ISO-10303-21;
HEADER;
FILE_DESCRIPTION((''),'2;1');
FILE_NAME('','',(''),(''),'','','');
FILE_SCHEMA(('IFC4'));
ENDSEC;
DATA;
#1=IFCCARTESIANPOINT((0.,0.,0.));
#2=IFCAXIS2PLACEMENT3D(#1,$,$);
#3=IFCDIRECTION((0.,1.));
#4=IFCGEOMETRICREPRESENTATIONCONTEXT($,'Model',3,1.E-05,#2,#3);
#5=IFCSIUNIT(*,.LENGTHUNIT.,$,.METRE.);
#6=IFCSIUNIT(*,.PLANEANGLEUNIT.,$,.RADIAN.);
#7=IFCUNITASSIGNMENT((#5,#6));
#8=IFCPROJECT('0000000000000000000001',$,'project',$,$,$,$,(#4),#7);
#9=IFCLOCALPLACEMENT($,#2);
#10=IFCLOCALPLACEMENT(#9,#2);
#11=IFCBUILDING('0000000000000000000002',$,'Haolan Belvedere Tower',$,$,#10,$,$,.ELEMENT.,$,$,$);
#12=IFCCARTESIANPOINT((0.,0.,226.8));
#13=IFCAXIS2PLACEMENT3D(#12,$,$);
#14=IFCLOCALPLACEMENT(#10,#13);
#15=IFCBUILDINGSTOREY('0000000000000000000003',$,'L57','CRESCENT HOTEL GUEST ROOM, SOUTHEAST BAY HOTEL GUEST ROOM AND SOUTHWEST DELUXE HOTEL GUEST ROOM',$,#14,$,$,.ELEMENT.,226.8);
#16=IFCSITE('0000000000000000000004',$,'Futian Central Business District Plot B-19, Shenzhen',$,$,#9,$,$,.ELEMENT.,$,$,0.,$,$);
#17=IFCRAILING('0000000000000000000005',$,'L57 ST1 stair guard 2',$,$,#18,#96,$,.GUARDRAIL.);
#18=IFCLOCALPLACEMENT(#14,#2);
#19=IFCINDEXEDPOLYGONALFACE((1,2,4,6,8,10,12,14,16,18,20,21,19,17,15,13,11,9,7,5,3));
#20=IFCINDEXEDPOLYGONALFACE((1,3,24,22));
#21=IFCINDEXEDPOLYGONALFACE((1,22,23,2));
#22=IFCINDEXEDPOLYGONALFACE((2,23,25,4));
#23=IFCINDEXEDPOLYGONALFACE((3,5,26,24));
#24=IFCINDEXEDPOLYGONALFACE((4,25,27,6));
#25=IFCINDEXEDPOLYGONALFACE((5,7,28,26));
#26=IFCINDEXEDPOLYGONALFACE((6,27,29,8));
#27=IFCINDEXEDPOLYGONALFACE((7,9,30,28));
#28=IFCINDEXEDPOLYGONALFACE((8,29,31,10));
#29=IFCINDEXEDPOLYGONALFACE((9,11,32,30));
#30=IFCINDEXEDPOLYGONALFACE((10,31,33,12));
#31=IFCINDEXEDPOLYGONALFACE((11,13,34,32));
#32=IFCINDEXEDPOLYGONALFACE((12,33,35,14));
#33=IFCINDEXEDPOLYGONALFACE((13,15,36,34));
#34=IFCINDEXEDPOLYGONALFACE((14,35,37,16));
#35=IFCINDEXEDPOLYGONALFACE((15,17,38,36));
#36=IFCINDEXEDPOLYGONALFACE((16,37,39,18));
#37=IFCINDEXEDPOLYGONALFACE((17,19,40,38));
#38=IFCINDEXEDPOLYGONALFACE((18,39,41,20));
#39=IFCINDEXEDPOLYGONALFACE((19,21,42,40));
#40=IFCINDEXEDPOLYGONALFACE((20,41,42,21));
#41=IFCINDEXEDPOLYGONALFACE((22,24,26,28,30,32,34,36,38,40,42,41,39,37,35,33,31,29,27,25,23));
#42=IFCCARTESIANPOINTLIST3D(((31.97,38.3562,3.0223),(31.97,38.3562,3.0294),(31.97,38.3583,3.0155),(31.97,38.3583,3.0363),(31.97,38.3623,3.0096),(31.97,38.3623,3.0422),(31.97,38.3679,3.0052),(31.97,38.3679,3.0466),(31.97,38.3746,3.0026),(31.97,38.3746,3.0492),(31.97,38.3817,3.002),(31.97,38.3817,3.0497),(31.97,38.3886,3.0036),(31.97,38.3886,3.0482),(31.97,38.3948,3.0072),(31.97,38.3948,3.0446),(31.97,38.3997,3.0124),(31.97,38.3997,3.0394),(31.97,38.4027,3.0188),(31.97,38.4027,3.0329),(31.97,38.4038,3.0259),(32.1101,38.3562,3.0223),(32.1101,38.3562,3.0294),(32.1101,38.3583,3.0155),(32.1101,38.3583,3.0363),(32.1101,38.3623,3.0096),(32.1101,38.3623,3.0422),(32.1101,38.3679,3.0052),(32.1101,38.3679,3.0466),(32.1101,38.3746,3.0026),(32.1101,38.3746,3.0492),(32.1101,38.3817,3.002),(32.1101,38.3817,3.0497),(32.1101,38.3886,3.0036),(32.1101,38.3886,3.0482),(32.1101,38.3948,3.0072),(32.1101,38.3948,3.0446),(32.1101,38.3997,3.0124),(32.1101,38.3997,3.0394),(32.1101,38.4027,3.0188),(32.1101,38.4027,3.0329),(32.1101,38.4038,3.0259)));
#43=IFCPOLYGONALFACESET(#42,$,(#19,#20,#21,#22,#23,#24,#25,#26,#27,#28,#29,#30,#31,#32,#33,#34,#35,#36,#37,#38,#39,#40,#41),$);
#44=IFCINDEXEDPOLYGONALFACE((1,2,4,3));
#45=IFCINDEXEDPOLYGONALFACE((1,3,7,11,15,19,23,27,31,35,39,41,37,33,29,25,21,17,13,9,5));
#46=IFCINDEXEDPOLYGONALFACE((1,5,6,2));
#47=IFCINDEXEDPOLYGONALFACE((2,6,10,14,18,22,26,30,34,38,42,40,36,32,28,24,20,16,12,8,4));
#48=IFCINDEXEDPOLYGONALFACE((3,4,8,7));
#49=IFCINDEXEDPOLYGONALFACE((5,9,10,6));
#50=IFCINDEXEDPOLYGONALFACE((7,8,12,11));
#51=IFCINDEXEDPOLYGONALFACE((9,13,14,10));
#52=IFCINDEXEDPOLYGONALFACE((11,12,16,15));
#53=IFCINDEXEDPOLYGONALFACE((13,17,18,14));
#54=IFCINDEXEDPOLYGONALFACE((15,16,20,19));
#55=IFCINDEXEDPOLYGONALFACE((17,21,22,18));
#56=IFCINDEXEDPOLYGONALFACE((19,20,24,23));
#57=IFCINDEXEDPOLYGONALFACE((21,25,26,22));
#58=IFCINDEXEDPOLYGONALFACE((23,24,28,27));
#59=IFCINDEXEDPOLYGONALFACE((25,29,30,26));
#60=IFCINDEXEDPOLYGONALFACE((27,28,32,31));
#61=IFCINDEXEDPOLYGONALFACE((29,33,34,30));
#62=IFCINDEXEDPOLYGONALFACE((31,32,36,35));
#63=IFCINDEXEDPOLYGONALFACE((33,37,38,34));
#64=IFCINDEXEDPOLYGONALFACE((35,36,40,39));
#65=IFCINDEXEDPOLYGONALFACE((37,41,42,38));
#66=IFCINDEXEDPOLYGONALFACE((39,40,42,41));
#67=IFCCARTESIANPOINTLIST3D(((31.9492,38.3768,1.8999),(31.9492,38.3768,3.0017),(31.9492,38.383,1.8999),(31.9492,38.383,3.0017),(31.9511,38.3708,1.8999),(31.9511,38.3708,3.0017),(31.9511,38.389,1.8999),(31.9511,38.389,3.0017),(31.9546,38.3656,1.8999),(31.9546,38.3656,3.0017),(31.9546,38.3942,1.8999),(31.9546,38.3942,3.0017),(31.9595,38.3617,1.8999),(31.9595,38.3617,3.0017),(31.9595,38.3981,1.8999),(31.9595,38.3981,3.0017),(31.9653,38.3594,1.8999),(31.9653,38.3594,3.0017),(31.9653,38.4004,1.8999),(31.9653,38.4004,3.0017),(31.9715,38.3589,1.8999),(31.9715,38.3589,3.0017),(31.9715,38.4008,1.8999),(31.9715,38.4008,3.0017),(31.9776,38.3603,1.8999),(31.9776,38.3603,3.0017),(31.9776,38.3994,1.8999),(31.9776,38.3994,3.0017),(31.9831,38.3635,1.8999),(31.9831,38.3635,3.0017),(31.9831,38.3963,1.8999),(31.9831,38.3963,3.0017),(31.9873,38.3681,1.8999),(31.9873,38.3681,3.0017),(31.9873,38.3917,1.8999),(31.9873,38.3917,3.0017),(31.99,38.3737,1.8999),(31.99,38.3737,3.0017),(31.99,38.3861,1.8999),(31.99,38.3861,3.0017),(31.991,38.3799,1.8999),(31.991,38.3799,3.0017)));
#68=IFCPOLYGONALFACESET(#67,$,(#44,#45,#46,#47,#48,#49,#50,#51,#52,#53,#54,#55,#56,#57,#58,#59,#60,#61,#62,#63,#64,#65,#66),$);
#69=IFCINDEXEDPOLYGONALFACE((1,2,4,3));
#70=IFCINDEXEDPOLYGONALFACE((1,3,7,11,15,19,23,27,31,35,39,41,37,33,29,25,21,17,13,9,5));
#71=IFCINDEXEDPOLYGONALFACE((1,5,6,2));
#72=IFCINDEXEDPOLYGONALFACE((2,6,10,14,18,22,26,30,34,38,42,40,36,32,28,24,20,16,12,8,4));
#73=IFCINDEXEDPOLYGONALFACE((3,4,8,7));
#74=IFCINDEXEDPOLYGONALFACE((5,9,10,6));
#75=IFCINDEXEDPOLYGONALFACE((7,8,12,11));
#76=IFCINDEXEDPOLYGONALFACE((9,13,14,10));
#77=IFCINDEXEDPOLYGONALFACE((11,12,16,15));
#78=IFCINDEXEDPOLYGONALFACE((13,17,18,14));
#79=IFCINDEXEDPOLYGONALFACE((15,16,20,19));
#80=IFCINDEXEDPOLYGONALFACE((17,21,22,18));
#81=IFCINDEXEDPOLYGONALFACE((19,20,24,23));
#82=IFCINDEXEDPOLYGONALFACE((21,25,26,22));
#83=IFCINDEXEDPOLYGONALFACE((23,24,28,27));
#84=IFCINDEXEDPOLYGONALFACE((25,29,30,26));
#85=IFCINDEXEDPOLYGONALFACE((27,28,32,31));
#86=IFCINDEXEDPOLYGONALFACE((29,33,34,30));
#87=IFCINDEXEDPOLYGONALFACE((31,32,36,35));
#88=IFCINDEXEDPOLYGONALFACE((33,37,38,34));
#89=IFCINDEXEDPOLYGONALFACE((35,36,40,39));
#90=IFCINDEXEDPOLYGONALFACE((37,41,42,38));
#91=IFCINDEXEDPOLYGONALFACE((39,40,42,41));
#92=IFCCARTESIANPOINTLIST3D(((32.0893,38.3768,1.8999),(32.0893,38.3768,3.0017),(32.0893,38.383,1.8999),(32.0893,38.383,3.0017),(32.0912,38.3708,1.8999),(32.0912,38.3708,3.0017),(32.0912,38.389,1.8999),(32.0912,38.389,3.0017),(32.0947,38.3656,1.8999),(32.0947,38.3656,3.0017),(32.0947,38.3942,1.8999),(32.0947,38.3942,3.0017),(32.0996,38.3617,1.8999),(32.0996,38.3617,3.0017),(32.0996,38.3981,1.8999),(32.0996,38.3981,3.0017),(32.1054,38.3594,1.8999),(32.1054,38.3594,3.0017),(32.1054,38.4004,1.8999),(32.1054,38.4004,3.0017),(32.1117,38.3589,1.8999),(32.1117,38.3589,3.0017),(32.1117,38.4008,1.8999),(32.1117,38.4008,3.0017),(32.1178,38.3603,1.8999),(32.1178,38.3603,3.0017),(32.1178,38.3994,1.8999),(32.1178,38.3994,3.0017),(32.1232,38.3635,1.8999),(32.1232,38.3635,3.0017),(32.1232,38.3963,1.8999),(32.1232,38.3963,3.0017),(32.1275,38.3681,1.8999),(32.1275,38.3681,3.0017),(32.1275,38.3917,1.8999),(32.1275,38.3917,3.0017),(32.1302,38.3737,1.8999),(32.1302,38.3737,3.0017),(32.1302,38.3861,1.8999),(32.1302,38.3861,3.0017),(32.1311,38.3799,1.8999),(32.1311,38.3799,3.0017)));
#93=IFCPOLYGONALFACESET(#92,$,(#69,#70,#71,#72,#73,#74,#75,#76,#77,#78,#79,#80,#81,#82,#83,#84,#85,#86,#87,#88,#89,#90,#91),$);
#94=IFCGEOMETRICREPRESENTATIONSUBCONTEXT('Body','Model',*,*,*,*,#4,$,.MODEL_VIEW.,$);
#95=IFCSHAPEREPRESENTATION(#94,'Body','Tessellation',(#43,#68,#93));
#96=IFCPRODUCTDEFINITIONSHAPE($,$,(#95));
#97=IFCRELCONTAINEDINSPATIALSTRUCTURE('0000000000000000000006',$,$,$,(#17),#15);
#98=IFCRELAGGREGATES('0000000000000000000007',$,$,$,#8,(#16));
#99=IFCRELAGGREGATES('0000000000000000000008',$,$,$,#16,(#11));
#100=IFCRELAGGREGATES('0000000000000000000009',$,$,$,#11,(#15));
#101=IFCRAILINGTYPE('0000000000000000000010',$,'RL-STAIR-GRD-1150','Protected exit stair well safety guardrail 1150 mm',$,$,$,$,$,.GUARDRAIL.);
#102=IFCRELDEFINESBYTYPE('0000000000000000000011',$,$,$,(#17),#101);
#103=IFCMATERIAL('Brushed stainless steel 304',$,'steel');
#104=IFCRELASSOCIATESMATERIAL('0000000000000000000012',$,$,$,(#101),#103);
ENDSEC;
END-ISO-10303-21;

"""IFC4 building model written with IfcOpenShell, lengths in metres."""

from ifc_helpers import new_model, si_unit, direction, frame, origin, origin_2d, place, context, subcontext, project, spatial, circle, extrude, material, type_object, element, save


model = new_model("IFC4")

# Units and contexts
model_context = context("Model", 3, precision=1e-05, world=origin(), true_north=direction((0.0, 1.0)))
body_context = subcontext(model_context, "Body", "Model", "MODEL_VIEW")
ifc_project = project(units=[si_unit("LENGTHUNIT", "METRE"), si_unit("PLANEANGLEUNIT", "RADIAN")], contexts=[model_context])

# Site, building, storey
site_placement = place(None, origin())
site = spatial("IfcSite", under=ifc_project, at=site_placement, Name="Futian Central Business District Plot B-19, Shenzhen", CompositionType="ELEMENT", RefElevation=0.0)
building_placement = place(site_placement, origin())
building = spatial("IfcBuilding", under=site, at=building_placement, Name="Haolan Belvedere Tower", CompositionType="ELEMENT")
storey_placement = place(building_placement, frame((0.0, 0.0, 226.8)))
storey = spatial("IfcBuildingStorey", under=building, at=storey_placement, Name="L57", Description="CRESCENT HOTEL GUEST ROOM, SOUTHEAST BAY HOTEL GUEST ROOM AND SOUTHWEST DELUXE HOTEL GUEST ROOM", CompositionType="ELEMENT", Elevation=226.8)

# Railing
ifc_material_1 = material(Name="Brushed stainless steel 304", Category="steel")
railing_type_1 = type_object("IfcRailingType", Name="RL-STAIR-GRD-1150", Description="Protected exit stair well safety guardrail 1150 mm", PredefinedType="GUARDRAIL", material=ifc_material_1)
railing_1_placement = place(storey_placement, frame((31.97, 38.3799, 1.8999)))
element("IfcRailing", 1, at=railing_1_placement, inside=storey, type_object=railing_type_1, Name="L57 ST1 stair guard 2", PredefinedType="GUARDRAIL", context=body_context, shape_type="SweptSolid", body=[
    extrude(circle(Radius=0.0239, at=origin_2d()), frame((0.0, 0.0, 1.126), z_axis=(1.0, 0.0, 0.0), x_axis=(0.0, 1.0, 0.0)), (0.0, 0.0, 1.0), 0.1401),
    extrude(circle(Radius=0.021, at=origin_2d()), origin(), (0.0, 0.0, 1.0), 1.1018),
    extrude(circle(Radius=0.021, at=origin_2d()), frame((0.1401, 0.0, 0.0)), (0.0, 0.0, 1.0), 1.1018),
])

save(model, "model.ifc")
